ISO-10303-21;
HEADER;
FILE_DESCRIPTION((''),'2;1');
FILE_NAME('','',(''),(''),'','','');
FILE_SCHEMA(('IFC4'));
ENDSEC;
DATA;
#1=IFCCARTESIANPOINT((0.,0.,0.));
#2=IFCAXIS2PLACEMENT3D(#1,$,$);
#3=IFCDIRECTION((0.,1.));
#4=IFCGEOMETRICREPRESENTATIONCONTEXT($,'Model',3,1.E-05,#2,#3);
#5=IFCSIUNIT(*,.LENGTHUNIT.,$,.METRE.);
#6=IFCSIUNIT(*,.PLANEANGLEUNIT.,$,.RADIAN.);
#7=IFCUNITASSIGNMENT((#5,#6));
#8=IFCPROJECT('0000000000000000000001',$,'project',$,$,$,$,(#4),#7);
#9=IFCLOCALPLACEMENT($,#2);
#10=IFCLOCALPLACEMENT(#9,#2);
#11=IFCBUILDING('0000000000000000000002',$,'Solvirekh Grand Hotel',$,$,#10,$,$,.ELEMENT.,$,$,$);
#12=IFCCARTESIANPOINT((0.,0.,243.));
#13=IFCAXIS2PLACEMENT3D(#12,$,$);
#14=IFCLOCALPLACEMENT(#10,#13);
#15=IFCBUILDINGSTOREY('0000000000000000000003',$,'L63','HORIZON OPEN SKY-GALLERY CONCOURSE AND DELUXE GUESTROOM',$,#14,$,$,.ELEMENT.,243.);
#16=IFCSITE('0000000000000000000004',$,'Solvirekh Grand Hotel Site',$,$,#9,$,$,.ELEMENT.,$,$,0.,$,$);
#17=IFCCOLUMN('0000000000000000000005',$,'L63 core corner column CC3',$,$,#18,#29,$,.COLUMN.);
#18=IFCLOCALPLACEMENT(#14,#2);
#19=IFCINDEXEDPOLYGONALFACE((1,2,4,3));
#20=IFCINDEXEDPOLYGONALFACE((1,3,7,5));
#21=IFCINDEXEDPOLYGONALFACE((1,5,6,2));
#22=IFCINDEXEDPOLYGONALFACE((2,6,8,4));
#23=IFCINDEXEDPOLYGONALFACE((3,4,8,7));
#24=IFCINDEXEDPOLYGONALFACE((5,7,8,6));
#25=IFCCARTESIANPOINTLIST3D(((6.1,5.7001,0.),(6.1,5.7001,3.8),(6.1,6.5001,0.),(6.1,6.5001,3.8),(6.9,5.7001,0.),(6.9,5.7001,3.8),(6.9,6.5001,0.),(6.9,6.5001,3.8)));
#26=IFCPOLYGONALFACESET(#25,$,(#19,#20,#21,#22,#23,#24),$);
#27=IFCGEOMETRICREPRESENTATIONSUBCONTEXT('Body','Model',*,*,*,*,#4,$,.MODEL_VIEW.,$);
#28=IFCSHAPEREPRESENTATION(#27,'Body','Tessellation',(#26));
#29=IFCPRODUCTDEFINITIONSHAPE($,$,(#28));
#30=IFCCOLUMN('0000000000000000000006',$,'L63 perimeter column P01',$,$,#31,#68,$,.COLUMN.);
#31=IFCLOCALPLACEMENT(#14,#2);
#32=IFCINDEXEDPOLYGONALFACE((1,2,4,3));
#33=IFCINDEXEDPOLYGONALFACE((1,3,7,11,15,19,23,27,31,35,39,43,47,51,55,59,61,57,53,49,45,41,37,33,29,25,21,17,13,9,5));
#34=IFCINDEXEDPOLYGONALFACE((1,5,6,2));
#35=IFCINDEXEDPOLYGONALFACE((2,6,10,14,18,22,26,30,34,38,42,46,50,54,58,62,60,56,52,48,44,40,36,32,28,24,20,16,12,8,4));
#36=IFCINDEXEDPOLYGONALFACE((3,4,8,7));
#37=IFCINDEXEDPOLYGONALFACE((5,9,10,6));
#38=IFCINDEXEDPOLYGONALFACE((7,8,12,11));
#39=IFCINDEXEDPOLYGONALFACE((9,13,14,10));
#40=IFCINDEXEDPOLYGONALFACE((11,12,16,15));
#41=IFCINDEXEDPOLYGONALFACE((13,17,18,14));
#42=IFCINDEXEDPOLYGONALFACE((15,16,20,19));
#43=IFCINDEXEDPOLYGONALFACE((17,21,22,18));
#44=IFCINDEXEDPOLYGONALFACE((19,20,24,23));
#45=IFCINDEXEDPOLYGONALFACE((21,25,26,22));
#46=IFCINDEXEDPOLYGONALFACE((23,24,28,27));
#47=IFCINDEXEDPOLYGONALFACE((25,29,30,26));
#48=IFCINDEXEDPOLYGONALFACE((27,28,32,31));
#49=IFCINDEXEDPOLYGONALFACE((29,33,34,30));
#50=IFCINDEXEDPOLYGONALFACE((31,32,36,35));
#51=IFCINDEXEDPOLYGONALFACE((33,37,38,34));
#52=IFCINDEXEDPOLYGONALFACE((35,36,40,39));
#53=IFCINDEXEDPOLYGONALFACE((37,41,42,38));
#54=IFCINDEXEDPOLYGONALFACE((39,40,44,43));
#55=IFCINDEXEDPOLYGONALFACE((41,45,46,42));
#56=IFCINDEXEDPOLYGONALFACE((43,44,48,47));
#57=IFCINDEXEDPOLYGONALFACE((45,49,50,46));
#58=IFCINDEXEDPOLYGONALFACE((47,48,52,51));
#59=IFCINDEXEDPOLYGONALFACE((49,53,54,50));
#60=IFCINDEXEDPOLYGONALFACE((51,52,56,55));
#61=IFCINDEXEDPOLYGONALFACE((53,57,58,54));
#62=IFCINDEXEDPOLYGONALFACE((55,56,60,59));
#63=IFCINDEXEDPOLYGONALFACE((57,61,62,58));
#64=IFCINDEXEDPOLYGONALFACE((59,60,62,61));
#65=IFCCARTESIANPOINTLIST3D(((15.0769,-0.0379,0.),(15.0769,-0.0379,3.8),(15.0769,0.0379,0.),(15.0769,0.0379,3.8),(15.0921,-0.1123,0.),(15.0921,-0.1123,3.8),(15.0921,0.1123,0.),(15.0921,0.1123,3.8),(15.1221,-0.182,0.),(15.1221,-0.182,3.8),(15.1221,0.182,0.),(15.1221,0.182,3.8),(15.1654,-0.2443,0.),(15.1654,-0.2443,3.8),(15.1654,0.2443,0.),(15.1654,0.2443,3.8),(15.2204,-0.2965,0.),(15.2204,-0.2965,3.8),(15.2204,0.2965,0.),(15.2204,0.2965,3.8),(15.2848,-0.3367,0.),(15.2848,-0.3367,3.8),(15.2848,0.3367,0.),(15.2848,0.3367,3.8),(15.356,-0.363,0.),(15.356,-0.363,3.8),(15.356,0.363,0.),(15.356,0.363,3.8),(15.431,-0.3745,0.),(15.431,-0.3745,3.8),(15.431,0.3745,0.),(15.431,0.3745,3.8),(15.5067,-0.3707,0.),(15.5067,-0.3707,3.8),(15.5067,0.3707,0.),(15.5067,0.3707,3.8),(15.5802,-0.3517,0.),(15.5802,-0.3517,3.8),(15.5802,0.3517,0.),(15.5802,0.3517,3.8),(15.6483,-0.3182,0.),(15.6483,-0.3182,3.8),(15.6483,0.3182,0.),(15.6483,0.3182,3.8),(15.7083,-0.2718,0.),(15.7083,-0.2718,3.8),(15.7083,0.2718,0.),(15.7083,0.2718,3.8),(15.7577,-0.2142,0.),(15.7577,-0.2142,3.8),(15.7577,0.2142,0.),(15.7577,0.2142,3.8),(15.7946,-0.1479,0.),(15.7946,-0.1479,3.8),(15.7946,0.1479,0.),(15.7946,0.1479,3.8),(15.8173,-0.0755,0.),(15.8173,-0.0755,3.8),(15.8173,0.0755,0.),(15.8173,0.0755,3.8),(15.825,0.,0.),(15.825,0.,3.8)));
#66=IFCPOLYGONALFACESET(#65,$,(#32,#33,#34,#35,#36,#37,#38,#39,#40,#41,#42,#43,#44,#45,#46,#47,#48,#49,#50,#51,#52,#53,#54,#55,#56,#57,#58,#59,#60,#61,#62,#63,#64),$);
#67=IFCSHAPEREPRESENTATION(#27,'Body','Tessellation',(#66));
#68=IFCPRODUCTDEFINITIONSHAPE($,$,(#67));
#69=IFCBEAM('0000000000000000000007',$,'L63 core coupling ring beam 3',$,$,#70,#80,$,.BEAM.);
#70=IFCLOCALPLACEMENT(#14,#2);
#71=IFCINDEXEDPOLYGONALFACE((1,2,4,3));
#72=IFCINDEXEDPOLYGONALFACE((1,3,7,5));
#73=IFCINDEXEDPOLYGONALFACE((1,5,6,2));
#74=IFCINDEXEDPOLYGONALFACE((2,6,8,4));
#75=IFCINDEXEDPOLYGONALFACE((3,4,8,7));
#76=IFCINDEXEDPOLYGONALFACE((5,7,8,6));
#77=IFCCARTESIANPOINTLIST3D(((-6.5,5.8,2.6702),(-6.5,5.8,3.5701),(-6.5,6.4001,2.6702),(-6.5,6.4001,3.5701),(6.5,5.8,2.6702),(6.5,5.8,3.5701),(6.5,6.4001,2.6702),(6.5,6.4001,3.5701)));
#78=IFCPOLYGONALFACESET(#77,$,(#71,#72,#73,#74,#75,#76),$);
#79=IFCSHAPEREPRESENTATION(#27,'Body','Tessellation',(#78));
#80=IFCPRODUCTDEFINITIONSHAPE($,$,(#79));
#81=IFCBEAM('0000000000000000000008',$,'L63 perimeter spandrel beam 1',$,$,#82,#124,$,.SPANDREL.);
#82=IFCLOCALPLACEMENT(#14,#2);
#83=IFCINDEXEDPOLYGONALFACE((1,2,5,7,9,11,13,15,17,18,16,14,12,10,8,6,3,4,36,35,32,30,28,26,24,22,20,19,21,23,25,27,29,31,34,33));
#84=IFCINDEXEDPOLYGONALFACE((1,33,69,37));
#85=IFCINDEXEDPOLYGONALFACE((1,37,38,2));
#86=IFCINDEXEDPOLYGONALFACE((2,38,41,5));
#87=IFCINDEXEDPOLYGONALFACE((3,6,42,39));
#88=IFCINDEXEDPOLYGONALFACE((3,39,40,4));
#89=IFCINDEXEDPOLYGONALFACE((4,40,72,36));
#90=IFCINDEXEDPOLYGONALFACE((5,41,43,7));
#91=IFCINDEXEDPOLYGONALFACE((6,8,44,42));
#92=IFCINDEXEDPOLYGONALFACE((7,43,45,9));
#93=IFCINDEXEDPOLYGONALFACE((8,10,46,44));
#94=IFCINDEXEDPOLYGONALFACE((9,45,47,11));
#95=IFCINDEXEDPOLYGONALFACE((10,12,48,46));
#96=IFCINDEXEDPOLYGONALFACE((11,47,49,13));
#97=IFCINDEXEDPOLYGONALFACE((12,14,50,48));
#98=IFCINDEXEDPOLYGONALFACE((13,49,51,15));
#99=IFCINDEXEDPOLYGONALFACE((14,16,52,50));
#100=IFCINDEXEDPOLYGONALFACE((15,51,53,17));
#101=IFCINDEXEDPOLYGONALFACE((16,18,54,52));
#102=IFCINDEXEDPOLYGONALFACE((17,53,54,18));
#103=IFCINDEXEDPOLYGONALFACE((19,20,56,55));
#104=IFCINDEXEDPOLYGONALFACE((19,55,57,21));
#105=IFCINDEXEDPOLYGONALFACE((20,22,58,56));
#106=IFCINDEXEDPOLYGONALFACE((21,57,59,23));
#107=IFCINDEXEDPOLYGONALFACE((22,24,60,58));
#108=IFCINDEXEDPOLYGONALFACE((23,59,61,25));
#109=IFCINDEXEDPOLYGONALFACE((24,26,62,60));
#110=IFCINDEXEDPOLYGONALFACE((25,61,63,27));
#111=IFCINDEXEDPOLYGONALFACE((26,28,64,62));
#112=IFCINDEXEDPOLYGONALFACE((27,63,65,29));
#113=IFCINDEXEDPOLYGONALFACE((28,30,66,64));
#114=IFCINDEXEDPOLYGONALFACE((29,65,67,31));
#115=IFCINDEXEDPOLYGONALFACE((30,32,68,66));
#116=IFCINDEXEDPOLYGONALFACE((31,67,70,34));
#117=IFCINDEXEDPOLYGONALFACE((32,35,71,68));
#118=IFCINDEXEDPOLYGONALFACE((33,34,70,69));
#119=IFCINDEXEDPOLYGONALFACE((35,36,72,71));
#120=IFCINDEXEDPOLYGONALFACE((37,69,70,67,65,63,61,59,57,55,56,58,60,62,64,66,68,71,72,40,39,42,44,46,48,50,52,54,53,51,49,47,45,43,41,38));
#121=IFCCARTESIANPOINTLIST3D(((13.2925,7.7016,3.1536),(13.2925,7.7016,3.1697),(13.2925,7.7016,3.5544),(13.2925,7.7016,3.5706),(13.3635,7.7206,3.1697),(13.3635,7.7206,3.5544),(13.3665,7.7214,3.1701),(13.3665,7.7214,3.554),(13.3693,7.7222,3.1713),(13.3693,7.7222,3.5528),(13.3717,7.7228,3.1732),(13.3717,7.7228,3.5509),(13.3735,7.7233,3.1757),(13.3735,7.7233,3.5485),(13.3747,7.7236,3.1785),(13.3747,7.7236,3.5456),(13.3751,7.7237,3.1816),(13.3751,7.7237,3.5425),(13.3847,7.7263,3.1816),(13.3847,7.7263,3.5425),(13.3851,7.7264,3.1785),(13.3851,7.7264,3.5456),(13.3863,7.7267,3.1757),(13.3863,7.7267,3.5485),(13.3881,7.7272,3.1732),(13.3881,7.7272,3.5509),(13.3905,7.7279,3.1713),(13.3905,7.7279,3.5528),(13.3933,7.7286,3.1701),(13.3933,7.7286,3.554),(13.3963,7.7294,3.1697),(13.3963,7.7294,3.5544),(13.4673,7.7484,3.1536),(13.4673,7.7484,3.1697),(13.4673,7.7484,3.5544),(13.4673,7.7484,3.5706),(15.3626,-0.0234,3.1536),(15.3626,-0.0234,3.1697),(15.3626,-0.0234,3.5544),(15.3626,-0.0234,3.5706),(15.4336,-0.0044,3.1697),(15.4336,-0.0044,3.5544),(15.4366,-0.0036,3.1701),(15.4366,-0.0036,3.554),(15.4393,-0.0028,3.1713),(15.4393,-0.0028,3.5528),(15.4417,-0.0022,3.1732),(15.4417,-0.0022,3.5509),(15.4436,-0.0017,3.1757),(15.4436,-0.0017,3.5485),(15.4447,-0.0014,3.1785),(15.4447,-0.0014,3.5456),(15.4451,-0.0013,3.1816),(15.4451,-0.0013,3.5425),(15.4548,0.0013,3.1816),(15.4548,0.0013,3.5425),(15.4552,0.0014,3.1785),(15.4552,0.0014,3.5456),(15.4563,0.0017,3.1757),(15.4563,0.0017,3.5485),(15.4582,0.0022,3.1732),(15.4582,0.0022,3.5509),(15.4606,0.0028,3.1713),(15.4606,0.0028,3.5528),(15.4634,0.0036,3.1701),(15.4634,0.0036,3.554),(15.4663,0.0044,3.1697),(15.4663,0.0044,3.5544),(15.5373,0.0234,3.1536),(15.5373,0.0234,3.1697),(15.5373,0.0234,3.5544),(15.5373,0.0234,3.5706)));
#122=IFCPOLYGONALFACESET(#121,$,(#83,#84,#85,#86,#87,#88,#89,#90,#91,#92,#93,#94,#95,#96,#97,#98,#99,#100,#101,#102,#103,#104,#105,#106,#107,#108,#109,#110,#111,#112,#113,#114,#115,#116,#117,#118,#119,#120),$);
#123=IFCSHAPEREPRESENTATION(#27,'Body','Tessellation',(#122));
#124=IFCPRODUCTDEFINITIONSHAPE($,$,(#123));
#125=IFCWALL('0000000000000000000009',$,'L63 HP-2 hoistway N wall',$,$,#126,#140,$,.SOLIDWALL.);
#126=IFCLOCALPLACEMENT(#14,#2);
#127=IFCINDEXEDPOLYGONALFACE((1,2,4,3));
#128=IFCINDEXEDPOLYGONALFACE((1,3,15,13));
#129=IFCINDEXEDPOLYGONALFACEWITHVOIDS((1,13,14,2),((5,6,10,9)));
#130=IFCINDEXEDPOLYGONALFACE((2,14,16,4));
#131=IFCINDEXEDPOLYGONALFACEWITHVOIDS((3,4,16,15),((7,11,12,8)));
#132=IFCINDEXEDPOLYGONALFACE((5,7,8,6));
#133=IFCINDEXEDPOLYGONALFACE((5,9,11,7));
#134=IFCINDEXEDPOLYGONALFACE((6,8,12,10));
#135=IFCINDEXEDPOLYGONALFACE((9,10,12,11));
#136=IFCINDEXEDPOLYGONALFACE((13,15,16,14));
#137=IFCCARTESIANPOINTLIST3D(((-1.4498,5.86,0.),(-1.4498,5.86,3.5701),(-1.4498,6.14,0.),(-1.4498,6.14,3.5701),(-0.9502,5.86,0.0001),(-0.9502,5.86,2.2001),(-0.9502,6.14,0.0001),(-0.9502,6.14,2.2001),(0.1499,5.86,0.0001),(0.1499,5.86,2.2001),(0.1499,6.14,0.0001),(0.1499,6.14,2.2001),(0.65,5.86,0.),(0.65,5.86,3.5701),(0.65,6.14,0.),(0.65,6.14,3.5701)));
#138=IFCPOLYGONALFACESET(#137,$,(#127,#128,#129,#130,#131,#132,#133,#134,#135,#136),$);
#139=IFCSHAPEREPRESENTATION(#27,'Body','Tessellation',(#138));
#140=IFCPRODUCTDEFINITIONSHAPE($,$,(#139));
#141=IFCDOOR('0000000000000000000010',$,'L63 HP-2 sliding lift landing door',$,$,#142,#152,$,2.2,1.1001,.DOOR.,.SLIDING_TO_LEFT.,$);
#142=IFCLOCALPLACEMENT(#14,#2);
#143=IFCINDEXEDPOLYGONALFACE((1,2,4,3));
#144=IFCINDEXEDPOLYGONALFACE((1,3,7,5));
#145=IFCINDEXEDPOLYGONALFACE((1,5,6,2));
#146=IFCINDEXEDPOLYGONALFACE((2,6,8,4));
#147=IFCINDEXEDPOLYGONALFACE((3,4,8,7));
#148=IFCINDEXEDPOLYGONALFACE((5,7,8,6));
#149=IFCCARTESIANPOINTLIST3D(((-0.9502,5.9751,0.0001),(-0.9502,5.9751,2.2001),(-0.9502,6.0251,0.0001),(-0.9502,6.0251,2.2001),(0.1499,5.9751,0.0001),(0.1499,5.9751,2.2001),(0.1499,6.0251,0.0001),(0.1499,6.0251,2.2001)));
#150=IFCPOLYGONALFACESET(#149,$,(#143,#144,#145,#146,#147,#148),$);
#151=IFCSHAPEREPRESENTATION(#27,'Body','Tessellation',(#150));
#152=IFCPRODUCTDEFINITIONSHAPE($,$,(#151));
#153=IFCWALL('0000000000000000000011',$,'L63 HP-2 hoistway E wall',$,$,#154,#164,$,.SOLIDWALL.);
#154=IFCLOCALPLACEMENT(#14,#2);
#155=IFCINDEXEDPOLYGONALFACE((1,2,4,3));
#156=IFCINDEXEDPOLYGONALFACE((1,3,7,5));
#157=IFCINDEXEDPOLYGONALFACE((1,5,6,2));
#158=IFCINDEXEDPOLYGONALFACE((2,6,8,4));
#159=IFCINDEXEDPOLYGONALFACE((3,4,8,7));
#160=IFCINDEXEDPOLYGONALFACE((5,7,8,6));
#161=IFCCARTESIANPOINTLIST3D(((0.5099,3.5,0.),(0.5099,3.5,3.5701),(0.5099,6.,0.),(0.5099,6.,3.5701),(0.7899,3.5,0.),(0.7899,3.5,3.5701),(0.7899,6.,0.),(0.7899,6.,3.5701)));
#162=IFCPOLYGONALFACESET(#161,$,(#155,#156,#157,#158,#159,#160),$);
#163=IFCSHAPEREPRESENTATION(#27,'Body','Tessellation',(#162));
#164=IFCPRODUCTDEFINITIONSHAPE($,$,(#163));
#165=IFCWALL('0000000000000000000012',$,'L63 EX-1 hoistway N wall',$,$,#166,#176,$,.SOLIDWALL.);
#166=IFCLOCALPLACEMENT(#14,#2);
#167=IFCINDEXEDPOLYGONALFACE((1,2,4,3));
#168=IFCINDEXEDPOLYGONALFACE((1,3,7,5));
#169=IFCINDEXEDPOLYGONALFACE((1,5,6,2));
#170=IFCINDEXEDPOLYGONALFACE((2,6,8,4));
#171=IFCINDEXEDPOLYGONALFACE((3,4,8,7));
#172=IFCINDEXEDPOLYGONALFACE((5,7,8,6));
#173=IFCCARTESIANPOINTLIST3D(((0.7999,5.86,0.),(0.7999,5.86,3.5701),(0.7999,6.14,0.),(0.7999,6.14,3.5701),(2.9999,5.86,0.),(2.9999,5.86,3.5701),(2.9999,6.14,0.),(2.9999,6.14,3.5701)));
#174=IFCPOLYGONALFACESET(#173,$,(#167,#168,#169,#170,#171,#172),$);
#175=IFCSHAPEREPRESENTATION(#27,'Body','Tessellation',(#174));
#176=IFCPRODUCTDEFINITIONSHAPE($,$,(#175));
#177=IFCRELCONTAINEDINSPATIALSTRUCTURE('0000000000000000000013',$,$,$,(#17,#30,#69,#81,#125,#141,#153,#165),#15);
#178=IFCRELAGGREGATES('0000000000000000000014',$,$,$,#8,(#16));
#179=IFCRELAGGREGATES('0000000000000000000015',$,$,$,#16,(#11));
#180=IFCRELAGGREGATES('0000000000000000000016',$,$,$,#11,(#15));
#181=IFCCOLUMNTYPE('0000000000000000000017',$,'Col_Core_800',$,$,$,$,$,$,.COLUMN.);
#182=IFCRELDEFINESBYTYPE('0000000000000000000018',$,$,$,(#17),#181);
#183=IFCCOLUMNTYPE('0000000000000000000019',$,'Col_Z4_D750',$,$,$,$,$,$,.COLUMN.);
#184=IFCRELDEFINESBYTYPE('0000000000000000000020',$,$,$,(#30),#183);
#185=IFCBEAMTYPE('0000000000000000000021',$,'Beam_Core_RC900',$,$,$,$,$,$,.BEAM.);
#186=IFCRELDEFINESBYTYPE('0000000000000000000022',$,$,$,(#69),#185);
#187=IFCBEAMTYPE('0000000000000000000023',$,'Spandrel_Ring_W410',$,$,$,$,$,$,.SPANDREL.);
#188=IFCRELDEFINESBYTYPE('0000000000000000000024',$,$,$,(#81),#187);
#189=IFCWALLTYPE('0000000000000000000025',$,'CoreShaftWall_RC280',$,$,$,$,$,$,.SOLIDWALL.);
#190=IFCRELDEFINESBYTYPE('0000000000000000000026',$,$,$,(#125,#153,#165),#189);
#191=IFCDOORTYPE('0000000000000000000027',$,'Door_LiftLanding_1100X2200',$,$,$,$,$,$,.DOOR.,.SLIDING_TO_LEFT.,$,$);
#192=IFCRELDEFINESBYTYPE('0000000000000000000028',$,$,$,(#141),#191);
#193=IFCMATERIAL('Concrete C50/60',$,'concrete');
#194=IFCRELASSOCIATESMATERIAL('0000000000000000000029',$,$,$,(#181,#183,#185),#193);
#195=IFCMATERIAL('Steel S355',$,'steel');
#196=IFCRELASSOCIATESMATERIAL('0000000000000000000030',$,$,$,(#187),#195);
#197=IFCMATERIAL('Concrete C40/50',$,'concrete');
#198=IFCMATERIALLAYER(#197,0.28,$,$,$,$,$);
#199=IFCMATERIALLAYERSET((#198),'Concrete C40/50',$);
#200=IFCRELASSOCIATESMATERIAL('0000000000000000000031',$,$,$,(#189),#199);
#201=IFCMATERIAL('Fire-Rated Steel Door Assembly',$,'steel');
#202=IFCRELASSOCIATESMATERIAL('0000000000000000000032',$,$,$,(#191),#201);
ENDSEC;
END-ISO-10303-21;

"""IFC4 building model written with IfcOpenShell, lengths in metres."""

from ifc_helpers import new_model, si_unit, direction, frame, frame_2d, origin, origin_2d, place, context, subcontext, project, spatial, rectangle, circle, i_section, extrude, material, layer, layer_set, material_profile, profile_set, type_object, element, fill, save


model = new_model("IFC4")

# Units and contexts
model_context = context("Model", 3, precision=1e-05, world=origin(), true_north=direction((0.0, 1.0)))
body_context = subcontext(model_context, "Body", "Model", "MODEL_VIEW")
ifc_project = project(units=[si_unit("LENGTHUNIT", "METRE"), si_unit("PLANEANGLEUNIT", "RADIAN")], contexts=[model_context])

# Site, building, storey
site_placement = place(None, origin())
site = spatial("IfcSite", under=ifc_project, at=site_placement, Name="Solvirekh Grand Hotel Site", CompositionType="ELEMENT", RefElevation=0.0)
building_placement = place(site_placement, origin())
building = spatial("IfcBuilding", under=site, at=building_placement, Name="Solvirekh Grand Hotel", CompositionType="ELEMENT")
storey_placement = place(building_placement, frame((0.0, 0.0, 243.0)))
storey = spatial("IfcBuildingStorey", under=building, at=storey_placement, Name="L63", Description="HORIZON OPEN SKY-GALLERY CONCOURSE AND DELUXE GUESTROOM", CompositionType="ELEMENT", Elevation=243.0)

# Columns
ifc_material_1 = material(Name="Concrete C50/60", Category="concrete")
ifc_material_profile_1 = material_profile(ifc_material_1, rectangle(XDim=0.8, YDim=0.8, at=origin_2d()), Name="RC 800X800")
ifc_profile_set_1 = profile_set([ifc_material_profile_1], Name="Concrete C50/60")
column_type_1 = type_object("IfcColumnType", Name="Col_Core_800", PredefinedType="COLUMN", material=ifc_profile_set_1)
column_1_placement = place(storey_placement, frame((6.5, 6.1001, 0.0), z_axis=(0.0, 0.0, 1.0), x_axis=(1.0, 0.0, 0.0)))
element("IfcColumn", 1, at=column_1_placement, inside=storey, type_object=column_type_1, Name="L63 core corner column CC3", PredefinedType="COLUMN", context=body_context, shape_type="SweptSolid", body=[
    extrude(rectangle(XDim=0.8, YDim=0.8, at=origin_2d()), origin(), (0.0, 0.0, 1.0), 3.8),
])
ifc_material_profile_2 = material_profile(ifc_material_1, circle(Radius=0.375, at=origin_2d()), Name="RC CIRC D750")
ifc_profile_set_2 = profile_set([ifc_material_profile_2], Name="Concrete C50/60")
column_type_2 = type_object("IfcColumnType", Name="Col_Z4_D750", PredefinedType="COLUMN", material=ifc_profile_set_2)
column_2_placement = place(storey_placement, frame((15.45, 0.0, 0.0), z_axis=(0.0, 0.0, 1.0), x_axis=(1.0, 0.0, 0.0)))
element("IfcColumn", 2, at=column_2_placement, inside=storey, type_object=column_type_2, Name="L63 perimeter column P01", PredefinedType="COLUMN", context=body_context, shape_type="SweptSolid", body=[
    extrude(circle(Radius=0.375, at=origin_2d()), origin(), (0.0, 0.0, 1.0), 3.8),
])

# Beams
ifc_material_profile_3 = material_profile(ifc_material_1, rectangle(XDim=0.6001, YDim=0.8999, at=origin_2d()), Name="RC BEAM 600X900")
ifc_profile_set_3 = profile_set([ifc_material_profile_3], Name="Concrete C50/60")
beam_type_1 = type_object("IfcBeamType", Name="Beam_Core_RC900", PredefinedType="BEAM", material=ifc_profile_set_3)
beam_1_placement = place(storey_placement, frame((6.5, 6.1001, 3.1201), z_axis=(-1.0, 0.0, 0.0), x_axis=(0.0, -1.0, 0.0)))
element("IfcBeam", 3, at=beam_1_placement, inside=storey, type_object=beam_type_1, Name="L63 core coupling ring beam 3", PredefinedType="BEAM", context=body_context, shape_type="SweptSolid", body=[
    extrude(rectangle(XDim=0.6001, YDim=0.8999, at=origin_2d()), origin(), (0.0, 0.0, 1.0), 13.0),
])
ifc_material_2 = material(Name="Steel S355", Category="steel")
ifc_material_profile_4 = material_profile(ifc_material_2, i_section(OverallWidth=0.1809, OverallDepth=0.417, WebThickness=0.01, FlangeThickness=0.0161, FilletRadius=0.012, at=origin_2d()), Name="W410X85")
ifc_profile_set_4 = profile_set([ifc_material_profile_4], Name="Steel S355")
beam_type_2 = type_object("IfcBeamType", Name="Spandrel_Ring_W410", PredefinedType="SPANDREL", material=ifc_profile_set_4)
beam_2_placement = place(storey_placement, frame((15.45, 0.0, 3.3621), z_axis=(-0.258835, 0.965922, 0.0), x_axis=(-0.965922, -0.258835, 0.0)))
element("IfcBeam", 4, at=beam_2_placement, inside=storey, type_object=beam_type_2, Name="L63 perimeter spandrel beam 1", PredefinedType="SPANDREL", context=body_context, shape_type="SweptSolid", body=[
    extrude(i_section(OverallWidth=0.1809, OverallDepth=0.417, WebThickness=0.01, FlangeThickness=0.0161, FilletRadius=0.012, at=origin_2d()), origin(), (0.0, 0.0, 1.0), 7.9976),
])

# Wall, opening, door
ifc_material_3 = material(Name="Concrete C40/50", Category="concrete")
ifc_layer_1 = layer(ifc_material_3, 0.28)
ifc_layer_set_1 = layer_set([ifc_layer_1], Name="Concrete C40/50")
wall_type_1 = type_object("IfcWallType", Name="CoreShaftWall_RC280", PredefinedType="SOLIDWALL", material=ifc_layer_set_1)
wall_1_placement = place(storey_placement, frame((0.6499, 6.0, 0.0), z_axis=(0.0, 0.0, 1.0), x_axis=(-1.0, 0.0, 0.0)))
wall_1 = element("IfcWall", 5, at=wall_1_placement, inside=storey, type_object=wall_type_1, Name="L63 HP-2 hoistway N wall", PredefinedType="SOLIDWALL", context=body_context, shape_type="SweptSolid", body=[
    extrude(rectangle(XDim=2.0999, YDim=0.28, at=frame_2d((1.0498, 0.0))), origin(), (0.0, 0.0, 1.0), 3.5701),
])
opening_1_placement = place(wall_1_placement, frame((0.5, 0.0, 0.0)))
opening_1 = element("IfcOpeningElement", 6, at=opening_1_placement, cuts=wall_1, PredefinedType="OPENING", context=body_context, shape_type="SweptSolid", body=[
    extrude(rectangle(XDim=1.1001, YDim=2.2, at=frame_2d((0.55, 1.1001))), frame((0.0, 0.1499, 0.0), z_axis=(0.0, -1.0, 0.0), x_axis=(1.0, 0.0, 0.0)), (0.0, 0.0, 1.0), 0.3),
])
ifc_material_4 = material(Name="Fire-Rated Steel Door Assembly", Category="steel")
door_type_1 = type_object("IfcDoorType", Name="Door_LiftLanding_1100X2200", OperationType="SLIDING_TO_LEFT", PredefinedType="DOOR", material=ifc_material_4)
door_1_placement = place(opening_1_placement, origin())
door_1 = element("IfcDoor", 7, at=door_1_placement, inside=storey, type_object=door_type_1, Name="L63 HP-2 sliding lift landing door", OperationType="SLIDING_TO_LEFT", OverallHeight=2.2, OverallWidth=1.1001, PredefinedType="DOOR", context=body_context, shape_type="SweptSolid", body=[
    extrude(rectangle(XDim=1.1001, YDim=2.2, at=frame_2d((0.55, 1.1001))), frame((0.0, 0.0249, 0.0), z_axis=(0.0, -1.0, 0.0), x_axis=(1.0, 0.0, 0.0)), (0.0, 0.0, 1.0), 0.05),
])
fill(opening_1, door_1)

# Walls
wall_2_placement = place(storey_placement, frame((0.6499, 3.5, 0.0), z_axis=(0.0, 0.0, 1.0), x_axis=(0.0, 1.0, 0.0)))
element("IfcWall", 8, at=wall_2_placement, inside=storey, type_object=wall_type_1, Name="L63 HP-2 hoistway E wall", PredefinedType="SOLIDWALL", context=body_context, shape_type="SweptSolid", body=[
    extrude(rectangle(XDim=2.5, YDim=0.28, at=frame_2d((1.25, 0.0))), origin(), (0.0, 0.0, 1.0), 3.5701),
])
wall_3_placement = place(storey_placement, frame((3.0, 6.0, 0.0), z_axis=(0.0, 0.0, 1.0), x_axis=(-1.0, 0.0, 0.0)))
element("IfcWall", 9, at=wall_3_placement, inside=storey, type_object=wall_type_1, Name="L63 EX-1 hoistway N wall", PredefinedType="SOLIDWALL", context=body_context, shape_type="SweptSolid", body=[
    extrude(rectangle(XDim=2.2, YDim=0.28, at=frame_2d((1.1001, 0.0))), origin(), (0.0, 0.0, 1.0), 3.5701),
])

save(model, "model.ifc")
